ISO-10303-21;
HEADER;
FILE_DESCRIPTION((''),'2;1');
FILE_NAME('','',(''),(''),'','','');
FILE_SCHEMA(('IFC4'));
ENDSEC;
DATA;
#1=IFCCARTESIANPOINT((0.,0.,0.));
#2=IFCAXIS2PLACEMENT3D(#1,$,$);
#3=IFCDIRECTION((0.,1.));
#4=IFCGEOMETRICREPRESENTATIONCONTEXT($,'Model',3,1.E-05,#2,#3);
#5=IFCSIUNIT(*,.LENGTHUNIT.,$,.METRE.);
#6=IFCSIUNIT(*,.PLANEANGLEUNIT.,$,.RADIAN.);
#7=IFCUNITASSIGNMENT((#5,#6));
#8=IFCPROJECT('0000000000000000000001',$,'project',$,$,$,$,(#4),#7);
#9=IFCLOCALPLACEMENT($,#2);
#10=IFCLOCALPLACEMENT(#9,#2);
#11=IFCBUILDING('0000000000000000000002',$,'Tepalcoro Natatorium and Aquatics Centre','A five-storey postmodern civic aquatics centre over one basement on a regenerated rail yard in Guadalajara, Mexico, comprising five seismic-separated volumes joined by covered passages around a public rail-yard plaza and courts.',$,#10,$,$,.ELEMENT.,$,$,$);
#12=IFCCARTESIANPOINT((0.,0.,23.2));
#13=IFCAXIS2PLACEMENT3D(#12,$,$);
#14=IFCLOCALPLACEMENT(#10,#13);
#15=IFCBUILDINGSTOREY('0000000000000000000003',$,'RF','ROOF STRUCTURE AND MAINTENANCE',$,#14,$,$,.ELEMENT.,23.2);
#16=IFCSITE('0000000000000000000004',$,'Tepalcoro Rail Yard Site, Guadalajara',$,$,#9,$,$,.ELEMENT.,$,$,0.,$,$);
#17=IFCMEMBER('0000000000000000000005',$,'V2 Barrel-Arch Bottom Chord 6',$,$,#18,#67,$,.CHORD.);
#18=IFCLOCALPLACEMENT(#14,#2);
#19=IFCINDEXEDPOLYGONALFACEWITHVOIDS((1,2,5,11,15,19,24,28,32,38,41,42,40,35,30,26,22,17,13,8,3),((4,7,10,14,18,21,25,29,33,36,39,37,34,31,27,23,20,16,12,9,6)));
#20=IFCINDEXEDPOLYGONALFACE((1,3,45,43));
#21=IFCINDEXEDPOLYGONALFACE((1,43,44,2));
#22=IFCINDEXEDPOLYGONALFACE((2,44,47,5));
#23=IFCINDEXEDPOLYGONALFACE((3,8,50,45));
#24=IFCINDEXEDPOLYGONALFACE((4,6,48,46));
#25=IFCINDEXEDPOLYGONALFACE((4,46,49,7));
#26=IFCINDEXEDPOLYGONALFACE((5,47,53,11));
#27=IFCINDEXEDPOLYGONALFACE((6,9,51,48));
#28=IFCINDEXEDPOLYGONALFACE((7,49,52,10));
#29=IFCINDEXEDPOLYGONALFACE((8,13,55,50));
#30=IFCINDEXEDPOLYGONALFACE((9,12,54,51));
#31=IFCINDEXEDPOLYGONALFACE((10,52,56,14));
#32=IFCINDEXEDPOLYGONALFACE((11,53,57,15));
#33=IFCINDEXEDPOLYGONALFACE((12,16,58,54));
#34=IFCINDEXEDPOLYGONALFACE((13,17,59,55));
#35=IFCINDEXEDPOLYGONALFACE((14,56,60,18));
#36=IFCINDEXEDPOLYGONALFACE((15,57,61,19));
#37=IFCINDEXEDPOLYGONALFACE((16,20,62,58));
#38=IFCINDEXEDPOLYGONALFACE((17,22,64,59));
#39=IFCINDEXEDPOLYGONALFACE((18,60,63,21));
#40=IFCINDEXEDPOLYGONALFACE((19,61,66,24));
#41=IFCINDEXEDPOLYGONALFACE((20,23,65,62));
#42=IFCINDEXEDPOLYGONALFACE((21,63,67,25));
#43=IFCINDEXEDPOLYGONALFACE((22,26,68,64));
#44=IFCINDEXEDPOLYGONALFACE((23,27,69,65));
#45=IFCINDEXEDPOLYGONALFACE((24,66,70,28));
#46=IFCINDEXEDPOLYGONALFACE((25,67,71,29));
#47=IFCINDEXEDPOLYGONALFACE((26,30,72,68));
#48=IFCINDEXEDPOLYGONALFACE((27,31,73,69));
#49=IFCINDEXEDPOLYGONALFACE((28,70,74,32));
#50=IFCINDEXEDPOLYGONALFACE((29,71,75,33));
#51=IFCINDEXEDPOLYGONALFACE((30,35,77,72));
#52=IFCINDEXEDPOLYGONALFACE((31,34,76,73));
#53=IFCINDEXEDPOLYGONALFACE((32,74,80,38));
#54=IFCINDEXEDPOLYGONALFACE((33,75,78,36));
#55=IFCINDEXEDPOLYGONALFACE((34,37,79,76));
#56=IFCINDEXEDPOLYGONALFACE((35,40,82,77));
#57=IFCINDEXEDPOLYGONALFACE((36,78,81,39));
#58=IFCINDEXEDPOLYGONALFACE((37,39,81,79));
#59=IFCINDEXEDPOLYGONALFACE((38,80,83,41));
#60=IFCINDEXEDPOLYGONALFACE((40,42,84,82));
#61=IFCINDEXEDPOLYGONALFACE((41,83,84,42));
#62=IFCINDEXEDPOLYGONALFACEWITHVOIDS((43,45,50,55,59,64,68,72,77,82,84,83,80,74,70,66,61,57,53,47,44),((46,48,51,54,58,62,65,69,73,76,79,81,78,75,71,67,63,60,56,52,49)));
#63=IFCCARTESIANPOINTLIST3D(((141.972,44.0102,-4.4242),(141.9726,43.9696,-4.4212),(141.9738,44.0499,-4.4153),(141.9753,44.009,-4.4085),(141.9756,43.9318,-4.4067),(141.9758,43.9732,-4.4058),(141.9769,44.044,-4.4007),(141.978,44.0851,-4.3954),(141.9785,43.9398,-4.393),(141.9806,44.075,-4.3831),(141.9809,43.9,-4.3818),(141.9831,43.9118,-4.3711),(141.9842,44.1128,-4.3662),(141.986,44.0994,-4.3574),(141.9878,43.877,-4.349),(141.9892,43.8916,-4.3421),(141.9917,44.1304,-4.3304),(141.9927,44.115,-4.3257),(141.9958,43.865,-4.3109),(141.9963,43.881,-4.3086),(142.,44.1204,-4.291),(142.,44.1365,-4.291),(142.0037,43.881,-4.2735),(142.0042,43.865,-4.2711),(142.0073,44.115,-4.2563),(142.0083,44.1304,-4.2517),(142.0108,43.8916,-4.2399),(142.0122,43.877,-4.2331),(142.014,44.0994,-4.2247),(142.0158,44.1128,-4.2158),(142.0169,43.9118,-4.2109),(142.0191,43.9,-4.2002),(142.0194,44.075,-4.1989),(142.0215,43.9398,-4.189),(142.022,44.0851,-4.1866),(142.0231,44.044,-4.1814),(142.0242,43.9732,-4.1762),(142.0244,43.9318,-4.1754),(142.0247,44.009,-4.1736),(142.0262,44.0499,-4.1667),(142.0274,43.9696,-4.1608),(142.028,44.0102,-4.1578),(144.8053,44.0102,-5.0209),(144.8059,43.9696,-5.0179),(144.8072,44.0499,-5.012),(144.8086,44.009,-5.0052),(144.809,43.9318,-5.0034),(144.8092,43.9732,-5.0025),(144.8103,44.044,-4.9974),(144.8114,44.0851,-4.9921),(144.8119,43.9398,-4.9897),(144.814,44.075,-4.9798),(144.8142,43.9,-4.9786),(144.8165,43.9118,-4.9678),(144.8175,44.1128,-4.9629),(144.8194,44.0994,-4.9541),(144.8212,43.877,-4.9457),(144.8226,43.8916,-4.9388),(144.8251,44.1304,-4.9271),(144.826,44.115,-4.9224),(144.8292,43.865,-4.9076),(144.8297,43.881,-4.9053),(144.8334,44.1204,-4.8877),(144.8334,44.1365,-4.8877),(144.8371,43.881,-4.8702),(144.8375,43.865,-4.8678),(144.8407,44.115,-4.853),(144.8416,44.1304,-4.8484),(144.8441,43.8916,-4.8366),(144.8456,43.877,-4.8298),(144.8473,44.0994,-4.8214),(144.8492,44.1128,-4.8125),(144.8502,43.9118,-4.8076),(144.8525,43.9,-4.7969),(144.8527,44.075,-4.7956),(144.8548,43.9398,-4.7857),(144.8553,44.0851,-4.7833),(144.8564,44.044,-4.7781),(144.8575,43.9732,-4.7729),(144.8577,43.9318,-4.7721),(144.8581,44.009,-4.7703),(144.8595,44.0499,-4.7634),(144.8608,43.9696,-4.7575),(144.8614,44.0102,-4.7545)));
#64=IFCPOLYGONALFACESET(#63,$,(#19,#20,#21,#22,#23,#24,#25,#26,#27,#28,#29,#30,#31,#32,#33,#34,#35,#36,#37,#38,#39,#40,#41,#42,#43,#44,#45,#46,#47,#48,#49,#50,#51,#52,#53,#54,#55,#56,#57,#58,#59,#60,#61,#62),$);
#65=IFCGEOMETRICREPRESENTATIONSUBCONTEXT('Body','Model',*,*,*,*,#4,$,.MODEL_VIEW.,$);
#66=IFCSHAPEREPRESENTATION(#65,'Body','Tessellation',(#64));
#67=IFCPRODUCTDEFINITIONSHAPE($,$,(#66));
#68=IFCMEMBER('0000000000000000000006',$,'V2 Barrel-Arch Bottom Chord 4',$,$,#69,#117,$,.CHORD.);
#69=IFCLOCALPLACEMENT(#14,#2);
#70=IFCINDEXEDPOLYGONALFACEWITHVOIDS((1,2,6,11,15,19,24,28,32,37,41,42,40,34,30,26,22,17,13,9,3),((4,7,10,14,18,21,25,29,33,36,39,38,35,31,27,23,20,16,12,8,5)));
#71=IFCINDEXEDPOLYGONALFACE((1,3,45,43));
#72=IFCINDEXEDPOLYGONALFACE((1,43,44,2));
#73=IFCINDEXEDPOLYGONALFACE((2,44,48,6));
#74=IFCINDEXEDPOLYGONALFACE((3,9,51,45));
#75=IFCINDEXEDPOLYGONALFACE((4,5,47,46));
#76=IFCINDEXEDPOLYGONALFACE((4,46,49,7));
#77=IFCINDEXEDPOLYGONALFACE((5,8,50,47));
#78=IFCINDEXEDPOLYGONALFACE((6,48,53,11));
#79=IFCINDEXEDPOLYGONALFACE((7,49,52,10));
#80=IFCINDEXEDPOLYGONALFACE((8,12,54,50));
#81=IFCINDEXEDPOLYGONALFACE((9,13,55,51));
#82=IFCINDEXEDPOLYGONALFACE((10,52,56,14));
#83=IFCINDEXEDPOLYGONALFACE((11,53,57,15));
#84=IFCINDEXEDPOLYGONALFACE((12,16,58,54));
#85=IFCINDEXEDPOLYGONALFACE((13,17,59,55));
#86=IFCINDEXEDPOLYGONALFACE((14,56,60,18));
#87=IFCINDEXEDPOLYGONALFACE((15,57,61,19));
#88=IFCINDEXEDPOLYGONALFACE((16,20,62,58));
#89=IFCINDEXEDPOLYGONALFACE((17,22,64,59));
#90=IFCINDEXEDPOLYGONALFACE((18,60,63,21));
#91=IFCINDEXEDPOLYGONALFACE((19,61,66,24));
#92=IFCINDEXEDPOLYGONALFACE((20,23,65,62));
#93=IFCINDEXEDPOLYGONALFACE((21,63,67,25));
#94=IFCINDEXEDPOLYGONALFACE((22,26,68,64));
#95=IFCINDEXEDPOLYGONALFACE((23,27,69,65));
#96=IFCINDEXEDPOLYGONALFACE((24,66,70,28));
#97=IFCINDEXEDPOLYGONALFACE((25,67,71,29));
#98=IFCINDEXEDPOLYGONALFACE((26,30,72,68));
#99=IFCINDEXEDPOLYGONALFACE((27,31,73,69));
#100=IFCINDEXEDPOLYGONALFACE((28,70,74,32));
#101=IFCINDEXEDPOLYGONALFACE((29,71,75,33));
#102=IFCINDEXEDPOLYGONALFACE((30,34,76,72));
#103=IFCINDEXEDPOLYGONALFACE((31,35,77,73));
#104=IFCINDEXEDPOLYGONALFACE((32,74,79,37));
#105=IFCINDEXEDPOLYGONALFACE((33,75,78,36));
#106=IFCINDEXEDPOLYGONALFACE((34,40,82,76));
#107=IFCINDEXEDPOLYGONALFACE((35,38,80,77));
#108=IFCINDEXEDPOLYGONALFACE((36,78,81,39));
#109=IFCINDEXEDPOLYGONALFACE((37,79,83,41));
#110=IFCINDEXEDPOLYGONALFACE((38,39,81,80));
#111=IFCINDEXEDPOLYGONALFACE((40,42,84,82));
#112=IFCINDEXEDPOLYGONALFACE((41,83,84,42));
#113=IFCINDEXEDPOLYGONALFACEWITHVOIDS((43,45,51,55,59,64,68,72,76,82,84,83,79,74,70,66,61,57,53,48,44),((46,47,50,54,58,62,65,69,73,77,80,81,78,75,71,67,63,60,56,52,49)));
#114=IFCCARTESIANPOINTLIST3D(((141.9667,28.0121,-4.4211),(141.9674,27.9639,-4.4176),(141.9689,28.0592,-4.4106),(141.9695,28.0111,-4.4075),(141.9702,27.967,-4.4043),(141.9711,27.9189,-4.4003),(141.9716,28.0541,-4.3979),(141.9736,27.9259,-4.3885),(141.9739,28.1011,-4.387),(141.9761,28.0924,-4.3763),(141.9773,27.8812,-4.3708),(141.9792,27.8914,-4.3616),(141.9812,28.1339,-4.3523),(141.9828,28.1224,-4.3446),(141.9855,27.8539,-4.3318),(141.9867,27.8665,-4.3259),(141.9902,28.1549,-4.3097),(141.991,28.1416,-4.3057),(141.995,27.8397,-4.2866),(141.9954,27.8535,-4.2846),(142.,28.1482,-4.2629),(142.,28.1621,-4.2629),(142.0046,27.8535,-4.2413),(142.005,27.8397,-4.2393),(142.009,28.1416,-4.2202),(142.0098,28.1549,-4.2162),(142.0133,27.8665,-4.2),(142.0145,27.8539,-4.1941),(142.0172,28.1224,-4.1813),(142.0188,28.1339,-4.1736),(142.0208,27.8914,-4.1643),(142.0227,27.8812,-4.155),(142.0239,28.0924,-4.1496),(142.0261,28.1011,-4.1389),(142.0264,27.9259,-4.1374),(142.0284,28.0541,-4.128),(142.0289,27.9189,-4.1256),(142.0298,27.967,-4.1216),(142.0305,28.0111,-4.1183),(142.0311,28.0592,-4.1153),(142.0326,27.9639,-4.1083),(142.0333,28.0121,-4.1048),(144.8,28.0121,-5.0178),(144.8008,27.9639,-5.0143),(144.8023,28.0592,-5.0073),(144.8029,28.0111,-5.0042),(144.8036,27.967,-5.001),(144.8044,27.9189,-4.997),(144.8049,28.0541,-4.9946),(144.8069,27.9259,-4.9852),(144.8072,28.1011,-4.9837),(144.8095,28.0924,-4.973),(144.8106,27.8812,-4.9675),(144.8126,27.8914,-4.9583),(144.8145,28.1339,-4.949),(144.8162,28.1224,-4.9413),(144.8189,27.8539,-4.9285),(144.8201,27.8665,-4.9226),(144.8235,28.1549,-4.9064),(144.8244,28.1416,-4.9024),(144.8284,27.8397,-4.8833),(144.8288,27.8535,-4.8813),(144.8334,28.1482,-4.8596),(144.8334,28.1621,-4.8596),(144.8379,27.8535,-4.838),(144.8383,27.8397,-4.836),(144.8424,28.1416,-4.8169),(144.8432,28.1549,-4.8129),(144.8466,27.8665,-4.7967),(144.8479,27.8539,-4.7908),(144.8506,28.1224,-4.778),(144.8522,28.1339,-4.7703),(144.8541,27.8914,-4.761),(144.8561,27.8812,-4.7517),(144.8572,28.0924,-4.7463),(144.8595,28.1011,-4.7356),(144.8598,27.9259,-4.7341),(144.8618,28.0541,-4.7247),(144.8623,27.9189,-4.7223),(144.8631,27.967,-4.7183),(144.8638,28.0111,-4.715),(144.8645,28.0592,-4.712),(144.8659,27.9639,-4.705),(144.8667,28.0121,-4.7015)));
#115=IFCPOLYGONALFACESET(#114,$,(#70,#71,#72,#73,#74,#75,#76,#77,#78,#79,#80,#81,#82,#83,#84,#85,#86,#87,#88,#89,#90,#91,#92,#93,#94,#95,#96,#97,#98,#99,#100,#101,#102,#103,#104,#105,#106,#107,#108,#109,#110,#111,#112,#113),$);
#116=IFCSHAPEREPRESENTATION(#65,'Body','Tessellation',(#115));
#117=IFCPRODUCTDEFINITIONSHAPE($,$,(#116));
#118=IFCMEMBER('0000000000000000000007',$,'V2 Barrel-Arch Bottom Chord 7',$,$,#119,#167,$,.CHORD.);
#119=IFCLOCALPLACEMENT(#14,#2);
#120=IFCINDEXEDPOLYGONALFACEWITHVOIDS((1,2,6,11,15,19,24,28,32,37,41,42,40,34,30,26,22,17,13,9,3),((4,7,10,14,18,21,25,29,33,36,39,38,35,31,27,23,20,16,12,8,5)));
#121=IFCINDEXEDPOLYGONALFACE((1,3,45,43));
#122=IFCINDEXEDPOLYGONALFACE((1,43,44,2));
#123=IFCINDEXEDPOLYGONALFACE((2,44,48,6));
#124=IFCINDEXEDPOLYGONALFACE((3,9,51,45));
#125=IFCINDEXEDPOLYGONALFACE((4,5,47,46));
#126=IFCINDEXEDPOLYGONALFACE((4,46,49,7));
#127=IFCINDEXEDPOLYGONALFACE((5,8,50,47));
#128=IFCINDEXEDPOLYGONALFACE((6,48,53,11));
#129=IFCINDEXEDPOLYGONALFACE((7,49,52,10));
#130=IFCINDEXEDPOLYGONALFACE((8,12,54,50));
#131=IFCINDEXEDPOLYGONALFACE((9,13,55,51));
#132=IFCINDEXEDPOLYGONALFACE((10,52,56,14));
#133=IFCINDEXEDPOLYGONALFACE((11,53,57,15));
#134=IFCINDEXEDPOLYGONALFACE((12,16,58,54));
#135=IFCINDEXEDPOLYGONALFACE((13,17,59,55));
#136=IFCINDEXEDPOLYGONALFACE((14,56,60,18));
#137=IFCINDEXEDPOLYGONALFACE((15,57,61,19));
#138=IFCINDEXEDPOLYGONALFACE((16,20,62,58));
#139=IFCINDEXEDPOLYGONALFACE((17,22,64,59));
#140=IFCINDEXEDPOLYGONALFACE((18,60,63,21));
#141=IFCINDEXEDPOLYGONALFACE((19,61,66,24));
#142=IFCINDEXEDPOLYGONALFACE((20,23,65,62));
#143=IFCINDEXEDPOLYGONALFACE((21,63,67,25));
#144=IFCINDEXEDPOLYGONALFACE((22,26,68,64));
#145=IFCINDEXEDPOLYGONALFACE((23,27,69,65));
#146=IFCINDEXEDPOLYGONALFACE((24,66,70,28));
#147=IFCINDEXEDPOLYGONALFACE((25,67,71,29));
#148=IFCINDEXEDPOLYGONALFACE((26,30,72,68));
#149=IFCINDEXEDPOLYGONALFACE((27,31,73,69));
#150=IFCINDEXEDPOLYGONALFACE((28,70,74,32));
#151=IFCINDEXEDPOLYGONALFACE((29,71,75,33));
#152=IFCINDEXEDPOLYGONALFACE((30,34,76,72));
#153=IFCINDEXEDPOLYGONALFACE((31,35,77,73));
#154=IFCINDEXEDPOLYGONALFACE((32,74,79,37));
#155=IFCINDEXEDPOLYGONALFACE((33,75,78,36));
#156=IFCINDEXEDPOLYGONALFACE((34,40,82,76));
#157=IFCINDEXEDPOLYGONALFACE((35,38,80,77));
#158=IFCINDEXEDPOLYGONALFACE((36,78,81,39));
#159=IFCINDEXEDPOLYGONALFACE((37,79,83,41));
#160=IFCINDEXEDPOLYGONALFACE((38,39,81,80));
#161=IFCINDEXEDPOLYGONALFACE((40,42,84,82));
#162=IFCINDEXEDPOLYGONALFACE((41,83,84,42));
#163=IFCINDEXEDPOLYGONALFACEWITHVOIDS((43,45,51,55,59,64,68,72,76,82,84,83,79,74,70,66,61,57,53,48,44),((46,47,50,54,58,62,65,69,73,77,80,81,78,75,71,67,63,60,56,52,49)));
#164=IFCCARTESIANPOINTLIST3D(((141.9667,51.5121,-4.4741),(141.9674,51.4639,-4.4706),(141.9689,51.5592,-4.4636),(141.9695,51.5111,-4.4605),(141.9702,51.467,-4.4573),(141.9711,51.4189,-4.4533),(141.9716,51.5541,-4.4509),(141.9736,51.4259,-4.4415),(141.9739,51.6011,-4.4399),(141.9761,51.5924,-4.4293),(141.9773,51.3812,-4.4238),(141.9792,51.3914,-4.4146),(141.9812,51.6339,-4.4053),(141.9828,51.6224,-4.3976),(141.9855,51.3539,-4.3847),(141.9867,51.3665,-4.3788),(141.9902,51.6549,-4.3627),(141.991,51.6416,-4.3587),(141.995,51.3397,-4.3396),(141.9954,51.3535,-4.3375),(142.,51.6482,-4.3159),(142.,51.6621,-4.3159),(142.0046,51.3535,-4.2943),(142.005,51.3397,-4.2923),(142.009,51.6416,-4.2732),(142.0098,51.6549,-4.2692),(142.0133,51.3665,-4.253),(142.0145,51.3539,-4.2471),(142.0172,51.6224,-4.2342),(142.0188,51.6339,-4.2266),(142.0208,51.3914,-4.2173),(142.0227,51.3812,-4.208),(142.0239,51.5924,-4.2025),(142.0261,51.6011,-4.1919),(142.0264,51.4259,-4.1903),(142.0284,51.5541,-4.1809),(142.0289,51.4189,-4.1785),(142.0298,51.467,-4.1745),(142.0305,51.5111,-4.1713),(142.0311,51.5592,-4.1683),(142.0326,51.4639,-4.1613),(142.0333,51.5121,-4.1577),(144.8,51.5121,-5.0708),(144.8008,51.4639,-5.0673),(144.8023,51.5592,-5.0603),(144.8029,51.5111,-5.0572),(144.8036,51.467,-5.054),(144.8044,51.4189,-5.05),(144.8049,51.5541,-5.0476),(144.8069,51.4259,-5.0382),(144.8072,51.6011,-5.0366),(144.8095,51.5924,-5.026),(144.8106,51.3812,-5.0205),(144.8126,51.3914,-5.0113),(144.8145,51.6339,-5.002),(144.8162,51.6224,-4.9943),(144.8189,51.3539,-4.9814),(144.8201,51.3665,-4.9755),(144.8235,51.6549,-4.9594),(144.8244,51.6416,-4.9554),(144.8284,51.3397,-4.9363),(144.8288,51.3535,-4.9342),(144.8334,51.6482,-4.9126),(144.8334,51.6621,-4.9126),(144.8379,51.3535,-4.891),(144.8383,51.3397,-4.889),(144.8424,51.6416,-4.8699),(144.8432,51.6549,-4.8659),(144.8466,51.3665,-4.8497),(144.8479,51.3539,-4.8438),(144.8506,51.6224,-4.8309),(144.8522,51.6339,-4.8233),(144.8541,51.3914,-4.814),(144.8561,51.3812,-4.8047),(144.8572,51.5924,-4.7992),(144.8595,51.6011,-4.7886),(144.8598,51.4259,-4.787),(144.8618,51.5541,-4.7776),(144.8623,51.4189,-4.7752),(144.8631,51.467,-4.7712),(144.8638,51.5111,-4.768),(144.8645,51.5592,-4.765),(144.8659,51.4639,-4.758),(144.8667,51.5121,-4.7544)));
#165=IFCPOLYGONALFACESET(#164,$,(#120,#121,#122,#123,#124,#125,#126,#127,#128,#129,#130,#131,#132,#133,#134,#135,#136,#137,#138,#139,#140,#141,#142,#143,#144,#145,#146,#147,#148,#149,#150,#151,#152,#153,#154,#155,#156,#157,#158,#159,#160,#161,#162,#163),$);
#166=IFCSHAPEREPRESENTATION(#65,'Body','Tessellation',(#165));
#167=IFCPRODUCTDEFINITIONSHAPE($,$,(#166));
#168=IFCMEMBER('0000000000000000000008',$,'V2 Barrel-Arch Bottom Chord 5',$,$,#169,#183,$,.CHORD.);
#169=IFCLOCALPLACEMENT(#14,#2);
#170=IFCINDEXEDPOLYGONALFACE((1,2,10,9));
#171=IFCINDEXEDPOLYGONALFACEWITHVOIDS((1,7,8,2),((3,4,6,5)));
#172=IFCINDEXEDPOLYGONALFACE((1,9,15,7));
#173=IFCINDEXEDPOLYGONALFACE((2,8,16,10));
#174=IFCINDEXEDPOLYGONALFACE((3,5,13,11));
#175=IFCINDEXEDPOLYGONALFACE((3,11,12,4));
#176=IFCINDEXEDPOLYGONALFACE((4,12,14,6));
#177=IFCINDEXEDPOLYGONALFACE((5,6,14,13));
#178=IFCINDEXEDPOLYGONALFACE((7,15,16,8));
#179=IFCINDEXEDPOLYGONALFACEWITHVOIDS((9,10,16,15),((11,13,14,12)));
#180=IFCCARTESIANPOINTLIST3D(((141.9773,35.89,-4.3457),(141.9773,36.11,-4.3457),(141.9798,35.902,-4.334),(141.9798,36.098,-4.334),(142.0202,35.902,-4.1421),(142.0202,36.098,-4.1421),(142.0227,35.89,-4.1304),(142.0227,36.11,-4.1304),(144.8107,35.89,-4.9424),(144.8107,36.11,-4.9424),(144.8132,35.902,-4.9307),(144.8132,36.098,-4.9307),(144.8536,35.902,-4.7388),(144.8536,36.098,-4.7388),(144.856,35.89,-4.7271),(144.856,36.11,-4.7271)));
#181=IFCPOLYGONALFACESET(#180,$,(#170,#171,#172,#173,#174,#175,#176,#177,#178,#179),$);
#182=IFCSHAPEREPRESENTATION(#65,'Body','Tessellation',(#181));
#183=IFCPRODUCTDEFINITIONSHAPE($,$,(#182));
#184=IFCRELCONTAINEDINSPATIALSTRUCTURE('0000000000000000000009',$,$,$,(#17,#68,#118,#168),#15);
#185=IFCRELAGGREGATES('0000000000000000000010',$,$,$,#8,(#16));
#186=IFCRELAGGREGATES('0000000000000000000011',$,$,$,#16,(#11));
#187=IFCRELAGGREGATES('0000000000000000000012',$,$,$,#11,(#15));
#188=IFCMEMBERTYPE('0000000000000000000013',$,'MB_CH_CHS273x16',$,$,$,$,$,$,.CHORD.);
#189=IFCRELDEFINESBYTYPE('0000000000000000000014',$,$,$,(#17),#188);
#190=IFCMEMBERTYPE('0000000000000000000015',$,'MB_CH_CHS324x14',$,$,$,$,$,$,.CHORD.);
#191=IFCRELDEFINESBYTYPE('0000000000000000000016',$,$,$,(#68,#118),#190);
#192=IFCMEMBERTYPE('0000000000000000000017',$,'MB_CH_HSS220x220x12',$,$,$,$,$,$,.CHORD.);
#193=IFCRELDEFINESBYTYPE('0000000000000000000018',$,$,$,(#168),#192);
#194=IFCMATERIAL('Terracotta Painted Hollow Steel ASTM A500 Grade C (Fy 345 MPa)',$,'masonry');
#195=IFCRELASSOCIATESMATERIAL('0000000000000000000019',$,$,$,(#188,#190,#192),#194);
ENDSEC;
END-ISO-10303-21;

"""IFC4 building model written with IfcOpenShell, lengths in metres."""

from ifc_helpers import new_model, si_unit, direction, frame, origin, origin_2d, place, context, subcontext, project, spatial, hollow_rectangle, hollow_circle, extrude, material, material_profile, profile_set, type_object, element, save


model = new_model("IFC4")

# Units and contexts
model_context = context("Model", 3, precision=1e-05, world=origin(), true_north=direction((0.0, 1.0)))
body_context = subcontext(model_context, "Body", "Model", "MODEL_VIEW")
ifc_project = project(units=[si_unit("LENGTHUNIT", "METRE"), si_unit("PLANEANGLEUNIT", "RADIAN")], contexts=[model_context])

# Site, building, storey
site_placement = place(None, origin())
site = spatial("IfcSite", under=ifc_project, at=site_placement, Name="Tepalcoro Rail Yard Site, Guadalajara", CompositionType="ELEMENT", RefElevation=0.0)
building_placement = place(site_placement, origin())
building = spatial("IfcBuilding", under=site, at=building_placement, Name="Tepalcoro Natatorium and Aquatics Centre", Description="A five-storey postmodern civic aquatics centre over one basement on a regenerated rail yard in Guadalajara, Mexico, comprising five seismic-separated volumes joined by covered passages around a public rail-yard plaza and courts.", CompositionType="ELEMENT")
storey_placement = place(building_placement, frame((0.0, 0.0, 23.2)))
storey = spatial("IfcBuildingStorey", under=building, at=storey_placement, Name="RF", Description="ROOF STRUCTURE AND MAINTENANCE", CompositionType="ELEMENT", Elevation=23.2)

# Shared definitions
ifc_material_1 = material(Name="Terracotta Painted Hollow Steel ASTM A500 Grade C (Fy 345 MPa)", Category="masonry")

# Members
ifc_material_profile_1 = material_profile(ifc_material_1, hollow_circle(Radius=0.1365, WallThickness=0.0161, at=origin_2d()), Name="CHS273X16")
ifc_profile_set_1 = profile_set([ifc_material_profile_1], Name="Terracotta Painted Hollow Steel ASTM A500 Grade C (Fy 345 MPa)")
member_type_1 = type_object("IfcMemberType", Name="MB_CH_CHS273x16", PredefinedType="CHORD", material=ifc_profile_set_1)
member_1_placement = place(storey_placement, frame((142.0, 44.0, -4.291), z_axis=(0.978535, 0.0, -0.206078), x_axis=(0.0, 1.0, 0.0)))
element("IfcMember", 1, at=member_1_placement, inside=storey, type_object=member_type_1, Name="V2 Barrel-Arch Bottom Chord 6", PredefinedType="CHORD", context=body_context, shape_type="SweptSolid", body=[
    extrude(hollow_circle(Radius=0.1365, WallThickness=0.0161, at=origin_2d()), origin(), (0.0, 0.0, 1.0), 2.8955),
])
ifc_material_profile_2 = material_profile(ifc_material_1, hollow_circle(Radius=0.1621, WallThickness=0.0139, at=origin_2d()), Name="CHS324X14")
ifc_profile_set_2 = profile_set([ifc_material_profile_2], Name="Terracotta Painted Hollow Steel ASTM A500 Grade C (Fy 345 MPa)")
member_type_2 = type_object("IfcMemberType", Name="MB_CH_CHS324x14", PredefinedType="CHORD", material=ifc_profile_set_2)
for number, where, z_axis, x_axis, name in (
    (2, (142.0, 28.0, -4.2629), (0.978535, 0.0, -0.206078), (0.0, 1.0, 0.0), "V2 Barrel-Arch Bottom Chord 4"),
    (3, (142.0, 51.5, -4.3159), (0.978535, 0.0, -0.206078), (0.0, 1.0, 0.0), "V2 Barrel-Arch Bottom Chord 7"),
):
    element("IfcMember", number, at=place(storey_placement, frame(where, z_axis=z_axis, x_axis=x_axis)), inside=storey, type_object=member_type_2, Name=name, PredefinedType="CHORD", context=body_context, shape_type="SweptSolid", body=[
        extrude(hollow_circle(Radius=0.1621, WallThickness=0.0139, at=origin_2d()), origin(), (0.0, 0.0, 1.0), 2.8955),
    ])
ifc_material_profile_3 = material_profile(ifc_material_1, hollow_rectangle(XDim=0.22, YDim=0.22, WallThickness=0.012, at=origin_2d()), Name="HSS220X220X12")
ifc_profile_set_3 = profile_set([ifc_material_profile_3], Name="Terracotta Painted Hollow Steel ASTM A500 Grade C (Fy 345 MPa)")
member_type_3 = type_object("IfcMemberType", Name="MB_CH_HSS220x220x12", PredefinedType="CHORD", material=ifc_profile_set_3)
member_2_placement = place(storey_placement, frame((142.0, 36.0, -4.238), z_axis=(0.978535, 0.0, -0.206078), x_axis=(0.0, 1.0, 0.0)))
element("IfcMember", 4, at=member_2_placement, inside=storey, type_object=member_type_3, Name="V2 Barrel-Arch Bottom Chord 5", PredefinedType="CHORD", context=body_context, shape_type="SweptSolid", body=[
    extrude(hollow_rectangle(XDim=0.22, YDim=0.22, WallThickness=0.012, at=origin_2d()), origin(), (0.0, 0.0, 1.0), 2.8955),
])

save(model, "model.ifc")
